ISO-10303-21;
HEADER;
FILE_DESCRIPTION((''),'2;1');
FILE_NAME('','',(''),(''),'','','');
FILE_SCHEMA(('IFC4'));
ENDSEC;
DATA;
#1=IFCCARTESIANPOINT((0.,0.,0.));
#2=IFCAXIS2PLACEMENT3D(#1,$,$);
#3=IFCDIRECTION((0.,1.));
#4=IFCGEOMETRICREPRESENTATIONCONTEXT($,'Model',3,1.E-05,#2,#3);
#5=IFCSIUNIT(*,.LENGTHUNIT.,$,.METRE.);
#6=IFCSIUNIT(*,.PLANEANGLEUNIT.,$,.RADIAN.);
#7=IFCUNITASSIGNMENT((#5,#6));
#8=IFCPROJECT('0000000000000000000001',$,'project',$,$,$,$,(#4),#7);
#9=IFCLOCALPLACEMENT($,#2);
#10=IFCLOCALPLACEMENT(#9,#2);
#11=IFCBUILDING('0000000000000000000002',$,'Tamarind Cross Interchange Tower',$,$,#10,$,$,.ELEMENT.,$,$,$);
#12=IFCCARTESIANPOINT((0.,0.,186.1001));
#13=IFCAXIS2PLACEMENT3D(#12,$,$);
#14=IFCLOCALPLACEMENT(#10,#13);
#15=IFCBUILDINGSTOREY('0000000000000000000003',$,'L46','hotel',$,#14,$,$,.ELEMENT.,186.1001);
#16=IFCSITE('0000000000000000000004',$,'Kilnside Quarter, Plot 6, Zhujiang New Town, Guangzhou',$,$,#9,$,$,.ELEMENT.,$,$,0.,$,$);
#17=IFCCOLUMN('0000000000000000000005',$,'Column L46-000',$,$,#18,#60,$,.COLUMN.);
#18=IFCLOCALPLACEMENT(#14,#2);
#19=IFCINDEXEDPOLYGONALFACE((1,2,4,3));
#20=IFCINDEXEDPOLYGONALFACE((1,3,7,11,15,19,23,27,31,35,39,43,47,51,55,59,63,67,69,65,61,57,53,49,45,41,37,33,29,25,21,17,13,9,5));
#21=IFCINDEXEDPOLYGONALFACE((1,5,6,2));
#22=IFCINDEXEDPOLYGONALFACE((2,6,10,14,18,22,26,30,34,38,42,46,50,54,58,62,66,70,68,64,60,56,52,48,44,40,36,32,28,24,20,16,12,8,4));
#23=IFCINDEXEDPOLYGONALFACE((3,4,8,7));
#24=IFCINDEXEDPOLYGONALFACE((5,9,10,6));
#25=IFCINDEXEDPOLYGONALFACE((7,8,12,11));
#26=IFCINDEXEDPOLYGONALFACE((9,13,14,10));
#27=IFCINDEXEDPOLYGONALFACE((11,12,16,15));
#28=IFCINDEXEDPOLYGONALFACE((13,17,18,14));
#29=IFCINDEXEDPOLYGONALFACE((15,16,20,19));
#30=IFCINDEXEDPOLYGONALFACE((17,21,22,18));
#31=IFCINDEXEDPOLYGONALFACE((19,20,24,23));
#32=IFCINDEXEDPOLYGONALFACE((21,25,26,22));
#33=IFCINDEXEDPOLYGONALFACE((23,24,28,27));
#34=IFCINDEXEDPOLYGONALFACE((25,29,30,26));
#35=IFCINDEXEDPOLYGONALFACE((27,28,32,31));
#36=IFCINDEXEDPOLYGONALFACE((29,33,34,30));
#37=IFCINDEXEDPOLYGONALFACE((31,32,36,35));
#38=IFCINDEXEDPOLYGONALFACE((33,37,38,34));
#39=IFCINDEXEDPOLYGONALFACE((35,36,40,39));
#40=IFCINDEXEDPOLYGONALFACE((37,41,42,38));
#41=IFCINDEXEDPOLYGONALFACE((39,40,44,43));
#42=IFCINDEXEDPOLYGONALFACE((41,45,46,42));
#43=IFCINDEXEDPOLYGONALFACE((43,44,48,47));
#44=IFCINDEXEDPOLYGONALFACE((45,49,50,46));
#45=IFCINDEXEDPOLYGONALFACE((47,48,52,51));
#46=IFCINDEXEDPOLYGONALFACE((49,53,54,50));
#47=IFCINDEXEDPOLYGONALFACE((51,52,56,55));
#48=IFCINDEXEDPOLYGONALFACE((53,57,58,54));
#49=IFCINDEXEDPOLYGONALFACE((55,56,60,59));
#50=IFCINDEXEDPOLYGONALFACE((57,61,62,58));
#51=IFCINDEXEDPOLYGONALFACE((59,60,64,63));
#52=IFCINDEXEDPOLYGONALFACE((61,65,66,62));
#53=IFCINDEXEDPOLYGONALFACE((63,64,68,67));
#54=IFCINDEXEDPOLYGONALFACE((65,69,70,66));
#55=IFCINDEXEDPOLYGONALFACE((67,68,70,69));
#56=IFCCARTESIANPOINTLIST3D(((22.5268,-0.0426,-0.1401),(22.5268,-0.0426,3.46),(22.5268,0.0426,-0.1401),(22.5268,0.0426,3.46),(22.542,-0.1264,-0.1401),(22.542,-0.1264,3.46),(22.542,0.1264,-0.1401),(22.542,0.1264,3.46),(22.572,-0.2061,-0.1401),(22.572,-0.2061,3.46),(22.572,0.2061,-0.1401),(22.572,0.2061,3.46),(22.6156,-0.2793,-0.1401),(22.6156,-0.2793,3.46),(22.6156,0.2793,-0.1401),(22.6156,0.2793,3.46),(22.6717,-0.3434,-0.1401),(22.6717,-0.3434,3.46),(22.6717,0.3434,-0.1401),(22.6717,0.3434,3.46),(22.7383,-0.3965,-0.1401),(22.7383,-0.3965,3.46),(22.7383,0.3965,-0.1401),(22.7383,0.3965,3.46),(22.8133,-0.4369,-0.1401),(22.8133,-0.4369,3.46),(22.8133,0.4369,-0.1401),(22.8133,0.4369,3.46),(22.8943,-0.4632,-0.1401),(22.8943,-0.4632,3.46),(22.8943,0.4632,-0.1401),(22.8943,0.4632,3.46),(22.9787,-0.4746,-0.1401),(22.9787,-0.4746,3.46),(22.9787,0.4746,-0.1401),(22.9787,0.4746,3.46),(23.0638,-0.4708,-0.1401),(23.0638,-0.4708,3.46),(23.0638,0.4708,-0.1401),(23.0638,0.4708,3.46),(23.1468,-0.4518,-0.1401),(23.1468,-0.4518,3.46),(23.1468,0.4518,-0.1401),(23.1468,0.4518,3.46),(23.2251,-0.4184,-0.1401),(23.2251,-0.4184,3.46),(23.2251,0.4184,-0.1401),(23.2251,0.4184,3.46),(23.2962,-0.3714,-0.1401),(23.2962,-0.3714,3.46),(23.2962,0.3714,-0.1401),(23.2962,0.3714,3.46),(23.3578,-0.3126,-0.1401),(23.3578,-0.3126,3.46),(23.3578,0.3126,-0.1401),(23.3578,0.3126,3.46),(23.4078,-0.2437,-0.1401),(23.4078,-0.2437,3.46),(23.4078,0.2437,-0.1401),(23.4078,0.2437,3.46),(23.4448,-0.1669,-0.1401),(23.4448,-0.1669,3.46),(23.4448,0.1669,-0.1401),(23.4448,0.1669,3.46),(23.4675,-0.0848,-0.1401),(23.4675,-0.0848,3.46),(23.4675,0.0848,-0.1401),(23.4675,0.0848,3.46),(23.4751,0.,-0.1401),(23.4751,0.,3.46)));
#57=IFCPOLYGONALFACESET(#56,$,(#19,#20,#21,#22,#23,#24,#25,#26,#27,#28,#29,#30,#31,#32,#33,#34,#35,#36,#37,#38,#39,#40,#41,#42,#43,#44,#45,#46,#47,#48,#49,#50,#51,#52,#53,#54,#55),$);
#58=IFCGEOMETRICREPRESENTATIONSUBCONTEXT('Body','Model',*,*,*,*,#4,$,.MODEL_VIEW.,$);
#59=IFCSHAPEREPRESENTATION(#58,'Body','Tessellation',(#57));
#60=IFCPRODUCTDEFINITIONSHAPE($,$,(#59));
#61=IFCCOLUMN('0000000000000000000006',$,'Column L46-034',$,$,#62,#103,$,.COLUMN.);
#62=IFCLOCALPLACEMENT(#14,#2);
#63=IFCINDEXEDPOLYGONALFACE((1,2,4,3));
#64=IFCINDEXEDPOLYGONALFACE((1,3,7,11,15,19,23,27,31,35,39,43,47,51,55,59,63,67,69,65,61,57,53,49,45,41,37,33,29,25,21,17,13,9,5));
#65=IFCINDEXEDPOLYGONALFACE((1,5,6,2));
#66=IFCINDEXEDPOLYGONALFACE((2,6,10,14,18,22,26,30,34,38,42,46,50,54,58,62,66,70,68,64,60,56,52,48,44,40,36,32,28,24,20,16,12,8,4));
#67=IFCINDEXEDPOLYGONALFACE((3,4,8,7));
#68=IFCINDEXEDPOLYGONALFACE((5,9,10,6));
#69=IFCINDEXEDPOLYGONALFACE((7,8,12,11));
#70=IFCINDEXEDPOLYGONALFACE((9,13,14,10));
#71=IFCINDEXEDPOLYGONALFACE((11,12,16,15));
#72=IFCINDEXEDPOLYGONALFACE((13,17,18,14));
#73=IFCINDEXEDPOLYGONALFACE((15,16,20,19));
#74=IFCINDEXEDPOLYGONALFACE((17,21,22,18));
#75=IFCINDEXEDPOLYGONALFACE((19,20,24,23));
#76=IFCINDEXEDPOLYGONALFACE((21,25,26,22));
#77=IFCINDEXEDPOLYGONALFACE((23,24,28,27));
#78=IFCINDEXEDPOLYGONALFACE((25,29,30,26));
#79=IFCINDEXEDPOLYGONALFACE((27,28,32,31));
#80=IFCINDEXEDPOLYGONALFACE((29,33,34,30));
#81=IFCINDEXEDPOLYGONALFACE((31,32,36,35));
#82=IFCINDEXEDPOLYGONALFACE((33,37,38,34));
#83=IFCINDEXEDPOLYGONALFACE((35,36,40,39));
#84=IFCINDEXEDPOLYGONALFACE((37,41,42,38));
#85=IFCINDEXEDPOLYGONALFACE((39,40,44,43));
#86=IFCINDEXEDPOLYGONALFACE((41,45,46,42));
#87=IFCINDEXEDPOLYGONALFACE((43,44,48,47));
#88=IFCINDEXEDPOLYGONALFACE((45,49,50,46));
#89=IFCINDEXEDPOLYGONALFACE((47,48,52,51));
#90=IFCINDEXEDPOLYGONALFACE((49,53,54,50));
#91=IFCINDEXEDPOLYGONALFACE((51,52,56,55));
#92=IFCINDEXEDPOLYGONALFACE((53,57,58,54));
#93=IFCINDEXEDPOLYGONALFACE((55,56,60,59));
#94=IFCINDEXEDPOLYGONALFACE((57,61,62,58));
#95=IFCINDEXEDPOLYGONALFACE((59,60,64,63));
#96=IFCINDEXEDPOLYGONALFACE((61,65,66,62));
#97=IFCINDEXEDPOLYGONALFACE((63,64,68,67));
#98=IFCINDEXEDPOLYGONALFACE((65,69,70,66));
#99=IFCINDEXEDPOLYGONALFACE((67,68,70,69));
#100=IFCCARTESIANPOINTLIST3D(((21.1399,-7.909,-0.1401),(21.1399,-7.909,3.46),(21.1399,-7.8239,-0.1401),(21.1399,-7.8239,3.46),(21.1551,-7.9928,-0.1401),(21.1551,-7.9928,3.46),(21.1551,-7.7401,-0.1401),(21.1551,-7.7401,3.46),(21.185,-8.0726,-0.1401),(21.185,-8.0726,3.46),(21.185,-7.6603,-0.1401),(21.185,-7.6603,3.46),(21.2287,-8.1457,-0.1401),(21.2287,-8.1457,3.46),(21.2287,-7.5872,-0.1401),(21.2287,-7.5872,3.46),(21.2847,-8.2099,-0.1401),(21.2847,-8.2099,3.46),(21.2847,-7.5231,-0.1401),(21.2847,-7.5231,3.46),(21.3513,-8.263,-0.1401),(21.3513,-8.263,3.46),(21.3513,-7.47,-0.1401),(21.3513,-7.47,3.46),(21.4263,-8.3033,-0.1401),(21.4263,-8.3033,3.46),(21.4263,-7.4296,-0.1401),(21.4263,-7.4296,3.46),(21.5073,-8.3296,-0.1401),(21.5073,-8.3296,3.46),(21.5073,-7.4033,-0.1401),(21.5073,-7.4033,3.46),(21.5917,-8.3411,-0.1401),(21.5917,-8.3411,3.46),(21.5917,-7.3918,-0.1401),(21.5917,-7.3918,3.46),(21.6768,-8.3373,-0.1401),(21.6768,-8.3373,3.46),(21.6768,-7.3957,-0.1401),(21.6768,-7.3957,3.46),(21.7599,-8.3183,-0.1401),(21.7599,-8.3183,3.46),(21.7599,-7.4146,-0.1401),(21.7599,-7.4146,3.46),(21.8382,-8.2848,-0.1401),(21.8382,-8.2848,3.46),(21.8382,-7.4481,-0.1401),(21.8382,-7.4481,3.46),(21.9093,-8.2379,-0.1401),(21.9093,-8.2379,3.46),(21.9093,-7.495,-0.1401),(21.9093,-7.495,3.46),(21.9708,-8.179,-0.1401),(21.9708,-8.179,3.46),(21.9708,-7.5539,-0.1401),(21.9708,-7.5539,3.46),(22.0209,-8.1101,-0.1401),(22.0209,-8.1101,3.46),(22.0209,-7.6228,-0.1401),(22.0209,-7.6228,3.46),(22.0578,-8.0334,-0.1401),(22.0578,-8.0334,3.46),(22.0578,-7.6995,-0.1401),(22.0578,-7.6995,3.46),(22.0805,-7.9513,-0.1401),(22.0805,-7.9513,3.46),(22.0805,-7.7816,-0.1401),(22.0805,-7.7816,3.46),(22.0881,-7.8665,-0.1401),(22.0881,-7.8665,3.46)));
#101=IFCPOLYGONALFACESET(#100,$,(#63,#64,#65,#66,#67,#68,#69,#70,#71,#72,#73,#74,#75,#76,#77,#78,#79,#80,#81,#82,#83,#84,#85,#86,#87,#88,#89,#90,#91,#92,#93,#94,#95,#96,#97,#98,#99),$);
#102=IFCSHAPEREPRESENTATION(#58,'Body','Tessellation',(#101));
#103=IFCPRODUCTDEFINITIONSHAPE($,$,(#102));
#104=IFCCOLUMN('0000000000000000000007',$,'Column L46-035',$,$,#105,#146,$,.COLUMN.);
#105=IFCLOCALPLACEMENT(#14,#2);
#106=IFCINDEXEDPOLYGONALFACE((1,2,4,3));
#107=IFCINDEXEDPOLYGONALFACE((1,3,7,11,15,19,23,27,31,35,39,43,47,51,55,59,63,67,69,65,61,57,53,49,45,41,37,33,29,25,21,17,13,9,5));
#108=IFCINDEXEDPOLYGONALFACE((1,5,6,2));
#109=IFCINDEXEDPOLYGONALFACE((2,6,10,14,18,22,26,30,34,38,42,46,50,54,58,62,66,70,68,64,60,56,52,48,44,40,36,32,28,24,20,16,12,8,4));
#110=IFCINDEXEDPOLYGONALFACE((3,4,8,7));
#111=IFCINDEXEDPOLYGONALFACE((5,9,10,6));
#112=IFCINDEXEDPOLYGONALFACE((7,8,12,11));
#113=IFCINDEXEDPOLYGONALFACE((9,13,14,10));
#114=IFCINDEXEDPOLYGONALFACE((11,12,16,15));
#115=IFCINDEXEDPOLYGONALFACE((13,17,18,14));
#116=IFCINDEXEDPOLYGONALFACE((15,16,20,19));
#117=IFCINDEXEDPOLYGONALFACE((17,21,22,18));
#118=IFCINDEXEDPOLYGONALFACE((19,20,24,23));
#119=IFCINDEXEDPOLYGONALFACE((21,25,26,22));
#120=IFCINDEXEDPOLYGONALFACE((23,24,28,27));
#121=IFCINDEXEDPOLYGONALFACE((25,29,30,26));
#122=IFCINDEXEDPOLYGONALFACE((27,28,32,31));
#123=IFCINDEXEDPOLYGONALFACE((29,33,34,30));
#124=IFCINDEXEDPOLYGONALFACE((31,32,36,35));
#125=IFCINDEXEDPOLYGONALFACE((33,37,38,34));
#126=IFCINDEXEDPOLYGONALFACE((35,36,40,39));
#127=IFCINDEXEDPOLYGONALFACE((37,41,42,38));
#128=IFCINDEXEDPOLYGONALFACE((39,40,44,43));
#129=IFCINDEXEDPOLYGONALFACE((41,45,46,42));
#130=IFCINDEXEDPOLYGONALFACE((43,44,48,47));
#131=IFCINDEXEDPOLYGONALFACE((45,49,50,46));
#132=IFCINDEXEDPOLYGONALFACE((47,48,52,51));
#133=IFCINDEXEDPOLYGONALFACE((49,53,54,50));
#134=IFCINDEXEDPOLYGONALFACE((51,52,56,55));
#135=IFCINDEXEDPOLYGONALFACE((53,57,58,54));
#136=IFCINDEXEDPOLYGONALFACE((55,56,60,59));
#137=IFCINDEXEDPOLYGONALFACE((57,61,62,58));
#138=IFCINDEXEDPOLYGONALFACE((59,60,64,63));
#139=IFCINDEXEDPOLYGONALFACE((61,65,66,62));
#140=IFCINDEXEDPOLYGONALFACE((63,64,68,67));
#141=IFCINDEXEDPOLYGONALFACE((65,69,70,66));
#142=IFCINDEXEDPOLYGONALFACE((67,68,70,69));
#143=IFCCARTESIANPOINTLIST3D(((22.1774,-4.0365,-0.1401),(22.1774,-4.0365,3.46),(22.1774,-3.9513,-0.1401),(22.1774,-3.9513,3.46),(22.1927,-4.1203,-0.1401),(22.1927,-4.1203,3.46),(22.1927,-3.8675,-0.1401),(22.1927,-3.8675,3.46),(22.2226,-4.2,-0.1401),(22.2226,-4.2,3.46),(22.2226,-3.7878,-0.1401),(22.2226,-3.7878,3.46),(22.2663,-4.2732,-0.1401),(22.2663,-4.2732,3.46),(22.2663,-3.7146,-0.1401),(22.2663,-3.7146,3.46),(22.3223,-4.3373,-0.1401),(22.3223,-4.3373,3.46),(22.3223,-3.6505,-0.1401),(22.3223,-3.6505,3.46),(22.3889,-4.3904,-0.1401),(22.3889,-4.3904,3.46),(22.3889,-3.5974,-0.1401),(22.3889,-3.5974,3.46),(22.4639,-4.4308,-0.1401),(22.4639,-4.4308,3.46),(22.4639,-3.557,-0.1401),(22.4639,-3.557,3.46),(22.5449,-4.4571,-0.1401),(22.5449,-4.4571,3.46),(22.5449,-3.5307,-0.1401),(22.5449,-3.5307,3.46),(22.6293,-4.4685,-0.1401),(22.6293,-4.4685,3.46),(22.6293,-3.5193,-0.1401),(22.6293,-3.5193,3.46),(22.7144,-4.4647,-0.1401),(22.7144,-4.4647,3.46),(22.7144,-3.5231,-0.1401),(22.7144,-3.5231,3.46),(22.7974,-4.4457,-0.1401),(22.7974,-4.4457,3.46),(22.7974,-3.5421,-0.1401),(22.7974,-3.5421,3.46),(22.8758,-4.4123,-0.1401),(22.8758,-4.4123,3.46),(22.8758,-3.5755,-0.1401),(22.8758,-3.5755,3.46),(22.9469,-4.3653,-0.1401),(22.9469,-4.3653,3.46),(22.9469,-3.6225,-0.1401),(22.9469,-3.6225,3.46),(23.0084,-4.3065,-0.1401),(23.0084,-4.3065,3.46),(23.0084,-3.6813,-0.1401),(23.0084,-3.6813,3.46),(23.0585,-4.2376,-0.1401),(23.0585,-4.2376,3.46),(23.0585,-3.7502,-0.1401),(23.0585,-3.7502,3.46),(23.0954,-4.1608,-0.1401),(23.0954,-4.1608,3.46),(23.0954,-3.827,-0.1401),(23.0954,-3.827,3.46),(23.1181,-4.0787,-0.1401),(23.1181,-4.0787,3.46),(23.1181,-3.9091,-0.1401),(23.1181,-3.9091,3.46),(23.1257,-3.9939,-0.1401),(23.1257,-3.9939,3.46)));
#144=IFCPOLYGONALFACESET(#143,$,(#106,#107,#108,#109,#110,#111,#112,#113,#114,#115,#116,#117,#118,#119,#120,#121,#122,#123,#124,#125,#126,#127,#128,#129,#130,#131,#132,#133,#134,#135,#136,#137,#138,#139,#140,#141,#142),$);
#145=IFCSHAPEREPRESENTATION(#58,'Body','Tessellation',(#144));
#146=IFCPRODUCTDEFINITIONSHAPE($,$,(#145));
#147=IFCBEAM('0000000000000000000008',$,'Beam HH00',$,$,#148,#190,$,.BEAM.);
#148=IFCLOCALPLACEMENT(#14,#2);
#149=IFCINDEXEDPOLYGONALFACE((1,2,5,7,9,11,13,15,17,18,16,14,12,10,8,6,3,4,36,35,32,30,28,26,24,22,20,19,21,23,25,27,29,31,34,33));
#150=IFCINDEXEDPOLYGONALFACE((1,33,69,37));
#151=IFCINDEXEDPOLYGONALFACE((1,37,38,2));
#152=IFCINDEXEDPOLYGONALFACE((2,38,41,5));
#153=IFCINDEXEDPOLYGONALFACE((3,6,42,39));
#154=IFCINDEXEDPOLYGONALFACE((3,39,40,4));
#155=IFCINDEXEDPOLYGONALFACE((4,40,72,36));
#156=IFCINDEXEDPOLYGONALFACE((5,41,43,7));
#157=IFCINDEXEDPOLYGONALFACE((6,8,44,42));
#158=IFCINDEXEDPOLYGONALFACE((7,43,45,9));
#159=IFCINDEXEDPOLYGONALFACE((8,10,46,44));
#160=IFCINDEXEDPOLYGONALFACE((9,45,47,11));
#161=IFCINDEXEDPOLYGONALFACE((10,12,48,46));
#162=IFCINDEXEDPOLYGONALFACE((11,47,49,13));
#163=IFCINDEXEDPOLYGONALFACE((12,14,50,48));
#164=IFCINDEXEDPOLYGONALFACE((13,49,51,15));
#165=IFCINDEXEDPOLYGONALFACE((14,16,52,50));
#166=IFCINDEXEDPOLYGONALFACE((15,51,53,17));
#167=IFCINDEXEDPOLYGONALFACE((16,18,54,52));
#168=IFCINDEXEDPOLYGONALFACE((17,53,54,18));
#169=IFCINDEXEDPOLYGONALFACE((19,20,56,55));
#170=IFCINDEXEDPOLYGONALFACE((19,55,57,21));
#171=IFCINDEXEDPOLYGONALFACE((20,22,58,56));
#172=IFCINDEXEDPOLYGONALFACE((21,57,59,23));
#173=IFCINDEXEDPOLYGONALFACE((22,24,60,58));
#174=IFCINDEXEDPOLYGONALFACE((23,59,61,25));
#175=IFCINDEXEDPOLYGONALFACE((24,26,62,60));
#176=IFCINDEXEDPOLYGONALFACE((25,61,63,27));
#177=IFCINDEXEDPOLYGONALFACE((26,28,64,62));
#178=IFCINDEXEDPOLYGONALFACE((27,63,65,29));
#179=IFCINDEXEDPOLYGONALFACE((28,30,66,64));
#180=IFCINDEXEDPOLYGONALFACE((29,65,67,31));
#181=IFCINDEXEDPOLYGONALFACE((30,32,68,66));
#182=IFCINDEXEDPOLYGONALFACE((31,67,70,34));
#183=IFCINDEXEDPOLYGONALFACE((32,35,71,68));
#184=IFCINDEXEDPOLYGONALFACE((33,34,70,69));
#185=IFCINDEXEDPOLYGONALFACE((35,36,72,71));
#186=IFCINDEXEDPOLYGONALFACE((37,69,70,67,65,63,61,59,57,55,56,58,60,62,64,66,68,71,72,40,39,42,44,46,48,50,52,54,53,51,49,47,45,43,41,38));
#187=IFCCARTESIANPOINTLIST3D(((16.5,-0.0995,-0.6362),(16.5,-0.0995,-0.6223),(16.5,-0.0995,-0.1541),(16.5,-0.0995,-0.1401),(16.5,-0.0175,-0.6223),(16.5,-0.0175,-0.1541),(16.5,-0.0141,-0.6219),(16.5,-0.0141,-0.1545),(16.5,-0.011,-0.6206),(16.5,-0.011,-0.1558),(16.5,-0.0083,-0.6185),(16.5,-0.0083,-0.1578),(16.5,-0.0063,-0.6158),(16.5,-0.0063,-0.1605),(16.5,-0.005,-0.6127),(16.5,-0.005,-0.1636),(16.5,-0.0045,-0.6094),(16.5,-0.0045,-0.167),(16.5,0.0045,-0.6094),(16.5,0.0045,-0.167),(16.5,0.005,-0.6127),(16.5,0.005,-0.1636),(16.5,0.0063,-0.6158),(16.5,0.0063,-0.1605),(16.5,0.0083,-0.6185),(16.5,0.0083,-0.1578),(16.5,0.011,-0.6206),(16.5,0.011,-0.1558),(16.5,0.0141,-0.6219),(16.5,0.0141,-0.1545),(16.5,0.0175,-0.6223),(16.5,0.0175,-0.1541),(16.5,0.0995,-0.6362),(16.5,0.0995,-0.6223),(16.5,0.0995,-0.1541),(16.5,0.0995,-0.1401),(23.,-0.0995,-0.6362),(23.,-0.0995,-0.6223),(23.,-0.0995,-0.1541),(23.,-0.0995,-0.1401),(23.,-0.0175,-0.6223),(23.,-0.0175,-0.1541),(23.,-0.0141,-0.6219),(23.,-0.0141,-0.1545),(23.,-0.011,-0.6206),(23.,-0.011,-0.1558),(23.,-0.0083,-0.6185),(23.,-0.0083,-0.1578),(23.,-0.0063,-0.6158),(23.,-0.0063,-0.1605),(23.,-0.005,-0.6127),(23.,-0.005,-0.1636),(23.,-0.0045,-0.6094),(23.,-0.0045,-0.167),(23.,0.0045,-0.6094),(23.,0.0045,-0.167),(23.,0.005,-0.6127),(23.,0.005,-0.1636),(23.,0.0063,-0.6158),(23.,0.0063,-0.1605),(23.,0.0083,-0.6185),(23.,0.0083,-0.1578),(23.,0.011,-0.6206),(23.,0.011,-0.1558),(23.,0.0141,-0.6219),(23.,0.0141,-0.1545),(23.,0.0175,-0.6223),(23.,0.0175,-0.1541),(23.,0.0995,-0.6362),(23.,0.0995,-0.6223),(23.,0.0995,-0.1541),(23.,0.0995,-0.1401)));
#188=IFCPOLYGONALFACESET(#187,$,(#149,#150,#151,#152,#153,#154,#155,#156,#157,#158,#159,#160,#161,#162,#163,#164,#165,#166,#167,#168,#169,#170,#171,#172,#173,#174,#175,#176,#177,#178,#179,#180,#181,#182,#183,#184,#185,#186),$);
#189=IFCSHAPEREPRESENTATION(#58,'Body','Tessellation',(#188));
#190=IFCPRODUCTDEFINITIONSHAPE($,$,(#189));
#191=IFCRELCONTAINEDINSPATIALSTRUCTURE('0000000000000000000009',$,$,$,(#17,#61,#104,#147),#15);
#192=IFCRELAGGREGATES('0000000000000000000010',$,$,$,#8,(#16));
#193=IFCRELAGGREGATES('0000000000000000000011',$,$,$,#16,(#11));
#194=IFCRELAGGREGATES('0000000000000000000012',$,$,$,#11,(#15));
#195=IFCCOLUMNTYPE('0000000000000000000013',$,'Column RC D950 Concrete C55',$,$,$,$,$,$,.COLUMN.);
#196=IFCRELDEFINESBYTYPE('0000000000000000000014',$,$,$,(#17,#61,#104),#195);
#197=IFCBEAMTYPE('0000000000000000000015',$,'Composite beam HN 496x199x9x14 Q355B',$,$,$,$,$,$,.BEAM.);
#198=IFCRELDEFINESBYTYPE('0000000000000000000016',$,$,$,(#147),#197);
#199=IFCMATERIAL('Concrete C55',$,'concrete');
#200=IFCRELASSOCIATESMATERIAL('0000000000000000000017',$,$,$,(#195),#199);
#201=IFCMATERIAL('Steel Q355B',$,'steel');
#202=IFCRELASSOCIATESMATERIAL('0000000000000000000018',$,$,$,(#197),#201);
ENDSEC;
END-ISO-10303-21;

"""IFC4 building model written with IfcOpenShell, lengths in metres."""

from ifc_helpers import new_model, si_unit, direction, frame, origin, origin_2d, place, context, subcontext, project, spatial, circle, i_section, extrude, material, material_profile, profile_set, type_object, element, save


model = new_model("IFC4")

# Units and contexts
model_context = context("Model", 3, precision=1e-05, world=origin(), true_north=direction((0.0, 1.0)))
body_context = subcontext(model_context, "Body", "Model", "MODEL_VIEW")
ifc_project = project(units=[si_unit("LENGTHUNIT", "METRE"), si_unit("PLANEANGLEUNIT", "RADIAN")], contexts=[model_context])

# Site, building, storey
site_placement = place(None, origin())
site = spatial("IfcSite", under=ifc_project, at=site_placement, Name="Kilnside Quarter, Plot 6, Zhujiang New Town, Guangzhou", CompositionType="ELEMENT", RefElevation=0.0)
building_placement = place(site_placement, origin())
building = spatial("IfcBuilding", under=site, at=building_placement, Name="Tamarind Cross Interchange Tower", CompositionType="ELEMENT")
storey_placement = place(building_placement, frame((0.0, 0.0, 186.1001)))
storey = spatial("IfcBuildingStorey", under=building, at=storey_placement, Name="L46", Description="hotel", CompositionType="ELEMENT", Elevation=186.1001)

# Columns
ifc_material_1 = material(Name="Concrete C55", Category="concrete")
ifc_material_profile_1 = material_profile(ifc_material_1, circle(Radius=0.4751, at=origin_2d()), Name="RC D950")
ifc_profile_set_1 = profile_set([ifc_material_profile_1], Name="Concrete C55")
column_type = type_object("IfcColumnType", Name="Column RC D950 Concrete C55", PredefinedType="COLUMN", material=ifc_profile_set_1)
for number, where, z_axis, x_axis, name in (
    (1, (23.0, 0.0, -0.1401), (0.0, 0.0, 1.0), (1.0, 0.0, 0.0), "Column L46-000"),
    (2, (21.613, -7.8665, -0.1401), (0.0, 0.0, 1.0), (1.0, 0.0, 0.0), "Column L46-034"),
    (3, (22.6506, -3.9939, -0.1401), (0.0, 0.0, 1.0), (1.0, 0.0, 0.0), "Column L46-035"),
):
    element("IfcColumn", number, at=place(storey_placement, frame(where, z_axis=z_axis, x_axis=x_axis)), inside=storey, type_object=column_type, Name=name, PredefinedType="COLUMN", context=body_context, shape_type="SweptSolid", body=[
        extrude(circle(Radius=0.4751, at=origin_2d()), origin(), (0.0, 0.0, 1.0), 3.6001),
    ])

# Beam
ifc_material_2 = material(Name="Steel Q355B", Category="steel")
ifc_material_profile_2 = material_profile(ifc_material_2, i_section(OverallWidth=0.199, OverallDepth=0.4961, WebThickness=0.009, FlangeThickness=0.0139, FilletRadius=0.0129, at=origin_2d()), Name="HN 496x199x9x14")
ifc_profile_set_2 = profile_set([ifc_material_profile_2], Name="Steel Q355B")
beam_type = type_object("IfcBeamType", Name="Composite beam HN 496x199x9x14 Q355B", PredefinedType="BEAM", material=ifc_profile_set_2)
beam_1_placement = place(storey_placement, frame((23.0, 0.0, -0.3882), z_axis=(-1.0, 0.0, 0.0), x_axis=(0.0, -1.0, 0.0)))
element("IfcBeam", 4, at=beam_1_placement, inside=storey, type_object=beam_type, Name="Beam HH00", PredefinedType="BEAM", context=body_context, shape_type="SweptSolid", body=[
    extrude(i_section(OverallWidth=0.199, OverallDepth=0.4961, WebThickness=0.009, FlangeThickness=0.0139, FilletRadius=0.0129, at=origin_2d()), origin(), (0.0, 0.0, 1.0), 6.5),
])

save(model, "model.ifc")
